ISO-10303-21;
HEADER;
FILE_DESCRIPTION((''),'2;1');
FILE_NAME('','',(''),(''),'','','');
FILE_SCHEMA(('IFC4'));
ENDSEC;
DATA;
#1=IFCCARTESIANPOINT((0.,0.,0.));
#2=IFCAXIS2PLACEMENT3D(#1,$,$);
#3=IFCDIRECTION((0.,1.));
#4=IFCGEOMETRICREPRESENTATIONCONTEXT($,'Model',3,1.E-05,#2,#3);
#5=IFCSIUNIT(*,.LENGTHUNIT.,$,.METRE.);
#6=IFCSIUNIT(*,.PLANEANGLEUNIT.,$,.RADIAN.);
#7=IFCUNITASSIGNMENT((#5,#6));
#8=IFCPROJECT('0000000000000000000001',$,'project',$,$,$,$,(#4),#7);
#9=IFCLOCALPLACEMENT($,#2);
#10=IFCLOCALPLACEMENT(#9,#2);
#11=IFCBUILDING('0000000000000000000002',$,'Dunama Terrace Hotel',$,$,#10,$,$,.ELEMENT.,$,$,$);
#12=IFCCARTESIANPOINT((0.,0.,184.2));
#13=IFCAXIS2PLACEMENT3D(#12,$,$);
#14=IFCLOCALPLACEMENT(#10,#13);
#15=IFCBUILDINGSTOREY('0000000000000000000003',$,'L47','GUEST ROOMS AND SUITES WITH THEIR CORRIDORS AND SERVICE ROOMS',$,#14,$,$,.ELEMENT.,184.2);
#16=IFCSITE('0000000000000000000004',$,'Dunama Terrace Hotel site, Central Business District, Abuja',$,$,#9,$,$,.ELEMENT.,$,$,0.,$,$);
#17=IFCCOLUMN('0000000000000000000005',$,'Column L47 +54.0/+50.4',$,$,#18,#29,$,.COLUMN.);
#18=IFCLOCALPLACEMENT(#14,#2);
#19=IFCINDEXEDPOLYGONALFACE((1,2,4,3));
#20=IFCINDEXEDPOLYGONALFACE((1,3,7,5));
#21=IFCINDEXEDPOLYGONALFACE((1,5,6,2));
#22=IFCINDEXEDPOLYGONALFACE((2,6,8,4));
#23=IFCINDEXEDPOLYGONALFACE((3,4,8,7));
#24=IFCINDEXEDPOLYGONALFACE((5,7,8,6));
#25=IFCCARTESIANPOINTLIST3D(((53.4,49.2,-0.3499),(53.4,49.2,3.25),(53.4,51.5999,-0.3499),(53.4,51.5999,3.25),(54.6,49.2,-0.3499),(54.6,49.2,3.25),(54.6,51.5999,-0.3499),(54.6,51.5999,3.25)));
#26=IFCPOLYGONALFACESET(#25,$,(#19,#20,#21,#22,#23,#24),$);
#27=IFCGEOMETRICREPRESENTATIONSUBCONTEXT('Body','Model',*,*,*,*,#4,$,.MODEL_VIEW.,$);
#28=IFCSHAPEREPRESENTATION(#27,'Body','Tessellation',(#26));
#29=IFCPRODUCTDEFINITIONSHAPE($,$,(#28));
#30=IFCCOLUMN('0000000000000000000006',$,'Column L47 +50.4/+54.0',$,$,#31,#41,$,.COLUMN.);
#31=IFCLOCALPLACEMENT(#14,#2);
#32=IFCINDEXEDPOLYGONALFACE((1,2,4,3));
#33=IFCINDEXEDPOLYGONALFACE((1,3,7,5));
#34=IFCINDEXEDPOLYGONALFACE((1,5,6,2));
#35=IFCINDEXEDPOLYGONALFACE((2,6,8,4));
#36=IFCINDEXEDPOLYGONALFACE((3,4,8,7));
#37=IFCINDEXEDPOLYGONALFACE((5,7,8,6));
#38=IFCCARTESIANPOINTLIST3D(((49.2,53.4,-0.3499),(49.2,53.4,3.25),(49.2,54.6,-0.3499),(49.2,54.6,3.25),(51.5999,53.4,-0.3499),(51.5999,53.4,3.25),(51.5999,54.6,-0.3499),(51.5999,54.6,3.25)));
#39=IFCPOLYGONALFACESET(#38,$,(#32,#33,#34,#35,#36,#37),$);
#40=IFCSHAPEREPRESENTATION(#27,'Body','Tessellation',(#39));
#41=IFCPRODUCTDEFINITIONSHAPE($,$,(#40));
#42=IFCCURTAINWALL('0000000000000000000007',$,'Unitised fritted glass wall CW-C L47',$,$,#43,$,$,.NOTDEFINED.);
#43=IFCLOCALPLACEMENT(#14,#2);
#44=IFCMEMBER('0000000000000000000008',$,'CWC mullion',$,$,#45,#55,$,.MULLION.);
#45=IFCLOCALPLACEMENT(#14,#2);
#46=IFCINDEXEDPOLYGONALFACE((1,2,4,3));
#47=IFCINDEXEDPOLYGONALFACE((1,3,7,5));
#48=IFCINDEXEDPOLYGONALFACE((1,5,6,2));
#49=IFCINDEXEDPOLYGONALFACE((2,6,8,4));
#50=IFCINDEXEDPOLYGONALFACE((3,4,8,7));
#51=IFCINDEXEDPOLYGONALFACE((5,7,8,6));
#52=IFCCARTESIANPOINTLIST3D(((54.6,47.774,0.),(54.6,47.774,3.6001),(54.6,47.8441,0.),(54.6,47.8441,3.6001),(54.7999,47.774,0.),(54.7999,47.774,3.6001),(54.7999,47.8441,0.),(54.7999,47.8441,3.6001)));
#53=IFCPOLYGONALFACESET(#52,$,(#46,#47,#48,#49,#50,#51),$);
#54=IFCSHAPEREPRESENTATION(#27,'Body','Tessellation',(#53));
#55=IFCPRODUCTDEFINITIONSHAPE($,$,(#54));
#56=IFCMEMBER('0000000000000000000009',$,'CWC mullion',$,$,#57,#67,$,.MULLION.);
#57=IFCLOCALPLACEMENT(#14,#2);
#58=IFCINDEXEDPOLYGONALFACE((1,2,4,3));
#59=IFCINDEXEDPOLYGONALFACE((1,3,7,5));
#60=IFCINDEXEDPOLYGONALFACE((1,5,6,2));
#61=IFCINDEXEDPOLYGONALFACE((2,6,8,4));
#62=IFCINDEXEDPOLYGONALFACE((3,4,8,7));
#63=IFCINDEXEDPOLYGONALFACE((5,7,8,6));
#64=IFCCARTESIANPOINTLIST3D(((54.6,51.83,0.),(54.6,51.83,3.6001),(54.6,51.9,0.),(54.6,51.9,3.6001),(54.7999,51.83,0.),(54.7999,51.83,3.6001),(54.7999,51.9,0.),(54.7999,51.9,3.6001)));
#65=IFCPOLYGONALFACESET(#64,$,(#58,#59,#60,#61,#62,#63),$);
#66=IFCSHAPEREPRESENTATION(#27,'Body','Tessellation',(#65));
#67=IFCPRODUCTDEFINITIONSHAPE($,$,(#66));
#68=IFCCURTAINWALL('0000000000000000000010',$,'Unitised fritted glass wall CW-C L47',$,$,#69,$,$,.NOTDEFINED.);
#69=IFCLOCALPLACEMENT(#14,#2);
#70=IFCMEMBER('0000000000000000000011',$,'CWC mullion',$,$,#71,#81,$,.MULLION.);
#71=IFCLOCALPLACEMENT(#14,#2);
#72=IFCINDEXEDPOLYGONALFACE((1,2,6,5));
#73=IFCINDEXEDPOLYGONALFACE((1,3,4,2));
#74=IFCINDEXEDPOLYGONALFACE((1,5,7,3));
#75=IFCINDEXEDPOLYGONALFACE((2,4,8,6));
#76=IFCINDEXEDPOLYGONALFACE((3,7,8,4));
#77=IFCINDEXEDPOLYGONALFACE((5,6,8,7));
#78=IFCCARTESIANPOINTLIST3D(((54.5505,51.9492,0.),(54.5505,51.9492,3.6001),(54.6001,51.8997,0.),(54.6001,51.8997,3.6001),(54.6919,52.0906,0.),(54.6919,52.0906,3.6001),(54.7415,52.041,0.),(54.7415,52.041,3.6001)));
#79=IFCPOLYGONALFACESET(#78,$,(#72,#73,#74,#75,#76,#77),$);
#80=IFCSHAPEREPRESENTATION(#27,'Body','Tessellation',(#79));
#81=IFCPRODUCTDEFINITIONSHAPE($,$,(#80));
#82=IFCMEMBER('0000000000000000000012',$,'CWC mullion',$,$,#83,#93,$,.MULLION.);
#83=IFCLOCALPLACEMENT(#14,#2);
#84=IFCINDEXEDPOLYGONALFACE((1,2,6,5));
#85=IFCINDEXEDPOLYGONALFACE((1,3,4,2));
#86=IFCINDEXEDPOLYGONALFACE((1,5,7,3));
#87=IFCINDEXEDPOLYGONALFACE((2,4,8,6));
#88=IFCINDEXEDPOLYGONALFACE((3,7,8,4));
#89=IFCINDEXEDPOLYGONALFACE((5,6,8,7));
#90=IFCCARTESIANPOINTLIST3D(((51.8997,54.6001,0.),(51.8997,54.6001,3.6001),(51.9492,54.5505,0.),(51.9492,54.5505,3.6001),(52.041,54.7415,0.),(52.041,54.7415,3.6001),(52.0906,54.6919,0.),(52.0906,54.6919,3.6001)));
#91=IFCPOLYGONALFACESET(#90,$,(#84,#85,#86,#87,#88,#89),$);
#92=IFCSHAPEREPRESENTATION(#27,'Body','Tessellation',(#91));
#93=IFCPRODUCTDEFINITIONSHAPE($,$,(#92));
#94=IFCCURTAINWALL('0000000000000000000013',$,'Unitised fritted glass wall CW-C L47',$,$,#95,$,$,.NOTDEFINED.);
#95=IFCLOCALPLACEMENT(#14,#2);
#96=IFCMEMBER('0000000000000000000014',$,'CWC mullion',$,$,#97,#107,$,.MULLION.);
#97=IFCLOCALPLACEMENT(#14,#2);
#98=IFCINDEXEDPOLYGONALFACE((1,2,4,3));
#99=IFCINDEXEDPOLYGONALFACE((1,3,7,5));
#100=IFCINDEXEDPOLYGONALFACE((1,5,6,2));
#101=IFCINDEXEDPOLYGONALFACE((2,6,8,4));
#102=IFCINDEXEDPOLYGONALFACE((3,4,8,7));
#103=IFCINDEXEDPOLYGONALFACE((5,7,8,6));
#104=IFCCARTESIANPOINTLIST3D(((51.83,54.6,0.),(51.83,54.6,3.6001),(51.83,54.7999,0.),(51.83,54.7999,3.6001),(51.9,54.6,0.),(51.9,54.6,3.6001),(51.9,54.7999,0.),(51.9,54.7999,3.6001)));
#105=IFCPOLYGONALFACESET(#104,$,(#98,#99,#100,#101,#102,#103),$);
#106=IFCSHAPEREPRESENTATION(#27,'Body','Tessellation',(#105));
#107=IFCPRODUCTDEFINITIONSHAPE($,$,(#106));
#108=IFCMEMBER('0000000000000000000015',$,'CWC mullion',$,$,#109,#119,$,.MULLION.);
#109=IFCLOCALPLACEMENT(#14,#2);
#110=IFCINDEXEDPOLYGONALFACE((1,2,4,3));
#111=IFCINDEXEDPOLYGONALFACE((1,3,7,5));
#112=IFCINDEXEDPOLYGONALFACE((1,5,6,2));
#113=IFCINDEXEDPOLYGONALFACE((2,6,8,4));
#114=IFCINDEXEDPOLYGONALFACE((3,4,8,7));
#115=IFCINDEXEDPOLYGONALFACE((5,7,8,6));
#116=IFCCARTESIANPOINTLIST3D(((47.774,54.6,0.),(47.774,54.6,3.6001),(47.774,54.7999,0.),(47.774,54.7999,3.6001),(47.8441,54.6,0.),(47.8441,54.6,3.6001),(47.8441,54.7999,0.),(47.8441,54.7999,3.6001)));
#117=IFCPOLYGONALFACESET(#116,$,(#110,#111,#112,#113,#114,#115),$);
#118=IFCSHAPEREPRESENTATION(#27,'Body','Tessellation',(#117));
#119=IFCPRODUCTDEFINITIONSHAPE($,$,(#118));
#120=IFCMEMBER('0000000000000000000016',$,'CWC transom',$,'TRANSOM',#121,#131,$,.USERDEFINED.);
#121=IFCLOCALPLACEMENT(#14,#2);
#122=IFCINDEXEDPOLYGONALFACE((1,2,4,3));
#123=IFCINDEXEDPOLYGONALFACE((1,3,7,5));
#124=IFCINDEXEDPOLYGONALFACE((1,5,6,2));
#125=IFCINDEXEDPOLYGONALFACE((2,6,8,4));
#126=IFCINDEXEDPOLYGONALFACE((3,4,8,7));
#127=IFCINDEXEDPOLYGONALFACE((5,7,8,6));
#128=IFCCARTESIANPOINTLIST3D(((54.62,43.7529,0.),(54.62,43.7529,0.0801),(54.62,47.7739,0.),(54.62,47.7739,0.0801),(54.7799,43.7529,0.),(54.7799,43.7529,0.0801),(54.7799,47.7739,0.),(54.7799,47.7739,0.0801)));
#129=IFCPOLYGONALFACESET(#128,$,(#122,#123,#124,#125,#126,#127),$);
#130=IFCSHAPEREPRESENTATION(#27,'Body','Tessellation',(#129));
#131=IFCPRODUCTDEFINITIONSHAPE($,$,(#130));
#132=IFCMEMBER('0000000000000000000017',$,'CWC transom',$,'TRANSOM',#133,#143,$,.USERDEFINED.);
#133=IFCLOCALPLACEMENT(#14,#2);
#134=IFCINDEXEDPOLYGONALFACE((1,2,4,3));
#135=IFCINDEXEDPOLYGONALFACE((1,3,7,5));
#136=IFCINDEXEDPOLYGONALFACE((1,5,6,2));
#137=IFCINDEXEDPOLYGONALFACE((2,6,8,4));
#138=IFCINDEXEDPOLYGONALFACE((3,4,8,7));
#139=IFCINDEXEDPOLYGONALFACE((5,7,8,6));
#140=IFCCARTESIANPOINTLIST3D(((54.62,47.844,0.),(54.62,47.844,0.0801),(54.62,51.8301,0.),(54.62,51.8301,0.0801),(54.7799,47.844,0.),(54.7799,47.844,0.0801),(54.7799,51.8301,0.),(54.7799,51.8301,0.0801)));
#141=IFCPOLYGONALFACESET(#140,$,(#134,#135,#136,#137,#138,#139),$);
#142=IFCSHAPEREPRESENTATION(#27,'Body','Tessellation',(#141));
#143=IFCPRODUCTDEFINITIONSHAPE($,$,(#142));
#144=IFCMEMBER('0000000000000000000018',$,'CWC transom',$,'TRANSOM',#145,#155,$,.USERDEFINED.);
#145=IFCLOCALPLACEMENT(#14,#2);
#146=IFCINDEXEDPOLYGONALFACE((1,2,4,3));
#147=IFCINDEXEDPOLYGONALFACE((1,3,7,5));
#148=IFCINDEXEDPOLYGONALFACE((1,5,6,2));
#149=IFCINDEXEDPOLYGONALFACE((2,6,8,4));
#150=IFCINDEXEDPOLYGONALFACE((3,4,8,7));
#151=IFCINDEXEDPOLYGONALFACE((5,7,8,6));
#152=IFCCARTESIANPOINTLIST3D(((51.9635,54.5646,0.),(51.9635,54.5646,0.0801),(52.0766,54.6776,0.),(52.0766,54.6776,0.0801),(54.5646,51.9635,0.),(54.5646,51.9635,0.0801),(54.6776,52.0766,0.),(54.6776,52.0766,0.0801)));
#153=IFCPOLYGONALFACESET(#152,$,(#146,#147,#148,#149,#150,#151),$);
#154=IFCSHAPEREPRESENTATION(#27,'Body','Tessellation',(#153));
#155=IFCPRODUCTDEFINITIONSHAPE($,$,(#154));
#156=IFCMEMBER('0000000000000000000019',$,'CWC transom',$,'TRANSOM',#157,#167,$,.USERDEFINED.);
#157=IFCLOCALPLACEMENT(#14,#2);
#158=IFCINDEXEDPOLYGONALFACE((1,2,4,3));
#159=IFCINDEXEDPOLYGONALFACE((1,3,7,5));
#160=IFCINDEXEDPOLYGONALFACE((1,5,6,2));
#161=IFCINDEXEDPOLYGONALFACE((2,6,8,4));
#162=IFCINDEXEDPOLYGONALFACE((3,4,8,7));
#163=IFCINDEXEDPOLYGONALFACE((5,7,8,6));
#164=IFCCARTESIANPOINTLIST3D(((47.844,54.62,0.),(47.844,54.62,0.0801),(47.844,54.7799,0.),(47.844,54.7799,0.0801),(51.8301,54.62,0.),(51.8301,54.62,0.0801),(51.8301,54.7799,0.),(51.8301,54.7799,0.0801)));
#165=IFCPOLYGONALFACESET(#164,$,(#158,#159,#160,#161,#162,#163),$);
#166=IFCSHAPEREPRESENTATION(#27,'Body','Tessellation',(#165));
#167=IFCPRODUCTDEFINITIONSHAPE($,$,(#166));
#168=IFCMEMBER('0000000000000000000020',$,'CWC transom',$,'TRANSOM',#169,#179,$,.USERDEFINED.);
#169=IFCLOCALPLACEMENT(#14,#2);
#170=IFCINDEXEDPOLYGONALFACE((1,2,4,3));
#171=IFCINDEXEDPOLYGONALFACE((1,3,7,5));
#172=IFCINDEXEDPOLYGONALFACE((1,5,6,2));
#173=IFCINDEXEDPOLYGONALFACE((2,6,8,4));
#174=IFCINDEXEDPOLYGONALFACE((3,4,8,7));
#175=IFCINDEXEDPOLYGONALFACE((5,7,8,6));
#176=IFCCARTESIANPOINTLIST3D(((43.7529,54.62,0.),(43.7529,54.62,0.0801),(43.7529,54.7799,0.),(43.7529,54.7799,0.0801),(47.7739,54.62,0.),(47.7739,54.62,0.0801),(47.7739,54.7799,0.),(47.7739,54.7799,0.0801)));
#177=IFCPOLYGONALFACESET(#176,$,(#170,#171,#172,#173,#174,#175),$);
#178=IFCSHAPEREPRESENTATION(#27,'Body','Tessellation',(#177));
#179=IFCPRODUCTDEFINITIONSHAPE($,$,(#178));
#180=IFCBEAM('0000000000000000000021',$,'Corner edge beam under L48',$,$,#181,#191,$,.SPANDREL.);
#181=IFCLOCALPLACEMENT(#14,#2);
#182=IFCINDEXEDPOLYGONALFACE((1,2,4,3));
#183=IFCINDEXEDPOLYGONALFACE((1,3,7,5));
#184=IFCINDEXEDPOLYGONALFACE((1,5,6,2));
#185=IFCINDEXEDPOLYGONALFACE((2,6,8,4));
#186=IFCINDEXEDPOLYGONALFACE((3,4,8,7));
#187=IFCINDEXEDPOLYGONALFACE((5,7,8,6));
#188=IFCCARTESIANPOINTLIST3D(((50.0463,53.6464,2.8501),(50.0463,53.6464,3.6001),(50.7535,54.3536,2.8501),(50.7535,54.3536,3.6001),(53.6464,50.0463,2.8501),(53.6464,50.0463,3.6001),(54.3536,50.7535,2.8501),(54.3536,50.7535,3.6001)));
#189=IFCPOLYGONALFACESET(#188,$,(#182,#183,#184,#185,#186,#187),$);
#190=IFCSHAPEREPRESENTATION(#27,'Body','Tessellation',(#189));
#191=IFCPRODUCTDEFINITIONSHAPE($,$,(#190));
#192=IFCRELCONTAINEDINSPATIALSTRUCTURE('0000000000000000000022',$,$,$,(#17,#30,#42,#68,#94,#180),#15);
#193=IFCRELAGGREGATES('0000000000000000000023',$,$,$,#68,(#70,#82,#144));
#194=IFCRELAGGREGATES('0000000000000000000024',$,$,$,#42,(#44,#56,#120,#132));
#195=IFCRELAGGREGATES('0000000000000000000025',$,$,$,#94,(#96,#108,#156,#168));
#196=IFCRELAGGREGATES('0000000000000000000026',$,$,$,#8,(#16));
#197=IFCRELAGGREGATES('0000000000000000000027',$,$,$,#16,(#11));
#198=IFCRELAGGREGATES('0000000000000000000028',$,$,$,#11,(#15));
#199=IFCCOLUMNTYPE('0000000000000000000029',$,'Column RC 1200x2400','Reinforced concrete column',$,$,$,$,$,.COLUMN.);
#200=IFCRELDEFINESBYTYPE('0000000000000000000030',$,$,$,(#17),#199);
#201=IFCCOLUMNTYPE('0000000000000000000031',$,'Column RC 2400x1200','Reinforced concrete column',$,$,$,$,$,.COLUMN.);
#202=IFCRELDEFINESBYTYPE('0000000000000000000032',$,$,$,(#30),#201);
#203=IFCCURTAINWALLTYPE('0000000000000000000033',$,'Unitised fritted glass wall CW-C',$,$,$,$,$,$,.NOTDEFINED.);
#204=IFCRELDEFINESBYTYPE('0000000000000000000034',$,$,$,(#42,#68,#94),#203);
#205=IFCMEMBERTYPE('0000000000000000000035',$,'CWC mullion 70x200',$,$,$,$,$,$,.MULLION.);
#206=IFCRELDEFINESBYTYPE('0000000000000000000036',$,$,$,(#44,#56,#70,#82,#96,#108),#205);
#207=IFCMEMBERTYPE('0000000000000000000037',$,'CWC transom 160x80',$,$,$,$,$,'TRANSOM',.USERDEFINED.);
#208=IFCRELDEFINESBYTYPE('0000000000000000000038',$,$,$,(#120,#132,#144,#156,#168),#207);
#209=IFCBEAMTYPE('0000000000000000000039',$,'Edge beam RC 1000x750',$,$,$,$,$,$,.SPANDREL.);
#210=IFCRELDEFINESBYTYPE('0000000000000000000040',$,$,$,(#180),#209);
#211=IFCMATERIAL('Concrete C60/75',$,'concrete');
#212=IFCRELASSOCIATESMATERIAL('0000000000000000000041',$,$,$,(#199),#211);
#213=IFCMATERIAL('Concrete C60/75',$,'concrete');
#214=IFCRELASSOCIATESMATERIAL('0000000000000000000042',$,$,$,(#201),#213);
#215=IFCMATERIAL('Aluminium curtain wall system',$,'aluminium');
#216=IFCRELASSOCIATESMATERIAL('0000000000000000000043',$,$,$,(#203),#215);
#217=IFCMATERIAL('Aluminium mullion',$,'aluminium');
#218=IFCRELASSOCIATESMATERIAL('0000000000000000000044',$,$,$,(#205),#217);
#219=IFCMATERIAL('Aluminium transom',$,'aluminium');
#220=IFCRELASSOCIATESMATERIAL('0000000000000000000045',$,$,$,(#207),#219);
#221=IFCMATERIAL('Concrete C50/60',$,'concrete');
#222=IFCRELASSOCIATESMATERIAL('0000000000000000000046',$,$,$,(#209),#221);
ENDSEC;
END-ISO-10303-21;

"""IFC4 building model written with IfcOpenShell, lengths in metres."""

from ifc_helpers import new_model, si_unit, direction, frame, origin, origin_2d, place, context, subcontext, project, spatial, rectangle, extrude, material, material_profile, profile_set, type_object, element, aggregate, save


model = new_model("IFC4")

# Units and contexts
model_context = context("Model", 3, precision=1e-05, world=origin(), true_north=direction((0.0, 1.0)))
body_context = subcontext(model_context, "Body", "Model", "MODEL_VIEW")
ifc_project = project(units=[si_unit("LENGTHUNIT", "METRE"), si_unit("PLANEANGLEUNIT", "RADIAN")], contexts=[model_context])

# Site, building, storey
site_placement = place(None, origin())
site = spatial("IfcSite", under=ifc_project, at=site_placement, Name="Dunama Terrace Hotel site, Central Business District, Abuja", CompositionType="ELEMENT", RefElevation=0.0)
building_placement = place(site_placement, origin())
building = spatial("IfcBuilding", under=site, at=building_placement, Name="Dunama Terrace Hotel", CompositionType="ELEMENT")
storey_placement = place(building_placement, frame((0.0, 0.0, 184.2)))
storey = spatial("IfcBuildingStorey", under=building, at=storey_placement, Name="L47", Description="GUEST ROOMS AND SUITES WITH THEIR CORRIDORS AND SERVICE ROOMS", CompositionType="ELEMENT", Elevation=184.2)

# Columns
ifc_material_1 = material(Name="Concrete C60/75", Category="concrete")
ifc_material_profile_1 = material_profile(ifc_material_1, rectangle(XDim=1.2, YDim=2.3999, at=origin_2d()), Name="RC 1200x2400")
ifc_profile_set_1 = profile_set([ifc_material_profile_1], Name="Concrete C60/75")
column_type_1 = type_object("IfcColumnType", Name="Column RC 1200x2400", Description="Reinforced concrete column", PredefinedType="COLUMN", material=ifc_profile_set_1)
column_1_placement = place(storey_placement, frame((54.0, 50.3999, -0.3499), z_axis=(0.0, 0.0, 1.0), x_axis=(1.0, 0.0, 0.0)))
element("IfcColumn", 1, at=column_1_placement, inside=storey, type_object=column_type_1, Name="Column L47 +54.0/+50.4", PredefinedType="COLUMN", context=body_context, shape_type="SweptSolid", body=[
    extrude(rectangle(XDim=1.2, YDim=2.3999, at=origin_2d()), origin(), (0.0, 0.0, 1.0), 3.5999),
])
ifc_material_2 = material(Name="Concrete C60/75", Category="concrete")
ifc_material_profile_2 = material_profile(ifc_material_2, rectangle(XDim=2.3999, YDim=1.2, at=origin_2d()), Name="RC 2400x1200")
ifc_profile_set_2 = profile_set([ifc_material_profile_2], Name="Concrete C60/75")
column_type_2 = type_object("IfcColumnType", Name="Column RC 2400x1200", Description="Reinforced concrete column", PredefinedType="COLUMN", material=ifc_profile_set_2)
column_2_placement = place(storey_placement, frame((50.3999, 54.0, -0.3499), z_axis=(0.0, 0.0, 1.0), x_axis=(1.0, 0.0, 0.0)))
element("IfcColumn", 2, at=column_2_placement, inside=storey, type_object=column_type_2, Name="Column L47 +50.4/+54.0", PredefinedType="COLUMN", context=body_context, shape_type="SweptSolid", body=[
    extrude(rectangle(XDim=2.3999, YDim=1.2, at=origin_2d()), origin(), (0.0, 0.0, 1.0), 3.5999),
])

# Curtain walls, members
ifc_material_3 = material(Name="Aluminium curtain wall system", Category="aluminium")
curtain_wall_type = type_object("IfcCurtainWallType", Name="Unitised fritted glass wall CW-C", PredefinedType="NOTDEFINED", material=ifc_material_3)
curtain_wall_1_placement = place(storey_placement, origin())
curtain_wall_1 = element("IfcCurtainWall", 3, at=curtain_wall_1_placement, inside=storey, type_object=curtain_wall_type, Name="Unitised fritted glass wall CW-C L47", PredefinedType="NOTDEFINED")
ifc_material_4 = material(Name="Aluminium mullion", Category="aluminium")
ifc_material_profile_3 = material_profile(ifc_material_4, rectangle(XDim=0.0701, YDim=0.2, at=origin_2d()), Name="CWC MULLION 70X200")
ifc_profile_set_3 = profile_set([ifc_material_profile_3], Name="Aluminium mullion")
member_type_1 = type_object("IfcMemberType", Name="CWC mullion 70x200", PredefinedType="MULLION", material=ifc_profile_set_3)
member_1_placement = place(storey_placement, frame((54.7, 47.8091, 0.0), z_axis=(0.0, 0.0, 1.0), x_axis=(0.0, 1.0, 0.0)))
member_1 = element("IfcMember", 4, at=member_1_placement, type_object=member_type_1, Name="CWC mullion", PredefinedType="MULLION", context=body_context, shape_type="SweptSolid", body=[
    extrude(rectangle(XDim=0.0701, YDim=0.2, at=origin_2d()), origin(), (0.0, 0.0, 1.0), 3.6001),
])
member_2_placement = place(storey_placement, frame((54.7, 51.865, 0.0), z_axis=(0.0, 0.0, 1.0), x_axis=(0.0, 1.0, 0.0)))
member_2 = element("IfcMember", 5, at=member_2_placement, type_object=member_type_1, Name="CWC mullion", PredefinedType="MULLION", context=body_context, shape_type="SweptSolid", body=[
    extrude(rectangle(XDim=0.0701, YDim=0.2, at=origin_2d()), origin(), (0.0, 0.0, 1.0), 3.6001),
])
curtain_wall_2_placement = place(storey_placement, origin())
curtain_wall_2 = element("IfcCurtainWall", 6, at=curtain_wall_2_placement, inside=storey, type_object=curtain_wall_type, Name="Unitised fritted glass wall CW-C L47", PredefinedType="NOTDEFINED")
member_3_placement = place(storey_placement, frame((54.646, 51.9951, 0.0), z_axis=(0.0, 0.0, 1.0), x_axis=(-0.707107, 0.707107, 0.0)))
member_3 = element("IfcMember", 7, at=member_3_placement, type_object=member_type_1, Name="CWC mullion", PredefinedType="MULLION", context=body_context, shape_type="SweptSolid", body=[
    extrude(rectangle(XDim=0.0701, YDim=0.2, at=origin_2d()), origin(), (0.0, 0.0, 1.0), 3.6001),
])
member_4_placement = place(storey_placement, frame((51.9951, 54.646, 0.0), z_axis=(0.0, 0.0, 1.0), x_axis=(-0.707107, 0.707107, 0.0)))
member_4 = element("IfcMember", 8, at=member_4_placement, type_object=member_type_1, Name="CWC mullion", PredefinedType="MULLION", context=body_context, shape_type="SweptSolid", body=[
    extrude(rectangle(XDim=0.0701, YDim=0.2, at=origin_2d()), origin(), (0.0, 0.0, 1.0), 3.6001),
])
curtain_wall_3_placement = place(storey_placement, origin())
curtain_wall_3 = element("IfcCurtainWall", 9, at=curtain_wall_3_placement, inside=storey, type_object=curtain_wall_type, Name="Unitised fritted glass wall CW-C L47", PredefinedType="NOTDEFINED")
member_5_placement = place(storey_placement, frame((51.865, 54.7, 0.0), z_axis=(0.0, 0.0, 1.0), x_axis=(-1.0, 0.0, 0.0)))
member_5 = element("IfcMember", 10, at=member_5_placement, type_object=member_type_1, Name="CWC mullion", PredefinedType="MULLION", context=body_context, shape_type="SweptSolid", body=[
    extrude(rectangle(XDim=0.0701, YDim=0.2, at=origin_2d()), origin(), (0.0, 0.0, 1.0), 3.6001),
])
member_6_placement = place(storey_placement, frame((47.8091, 54.7, 0.0), z_axis=(0.0, 0.0, 1.0), x_axis=(-1.0, 0.0, 0.0)))
member_6 = element("IfcMember", 11, at=member_6_placement, type_object=member_type_1, Name="CWC mullion", PredefinedType="MULLION", context=body_context, shape_type="SweptSolid", body=[
    extrude(rectangle(XDim=0.0701, YDim=0.2, at=origin_2d()), origin(), (0.0, 0.0, 1.0), 3.6001),
])

# Members
ifc_material_5 = material(Name="Aluminium transom", Category="aluminium")
ifc_material_profile_4 = material_profile(ifc_material_5, rectangle(XDim=0.1599, YDim=0.0801, at=origin_2d()), Name="CWC TRANSOM 160X80")
ifc_profile_set_4 = profile_set([ifc_material_profile_4], Name="Aluminium transom")
member_type_2 = type_object("IfcMemberType", Name="CWC transom 160x80", ElementType="TRANSOM", PredefinedType="USERDEFINED", material=ifc_profile_set_4)
member_7_placement = place(storey_placement, frame((54.7, 43.7529, 0.04), z_axis=(0.0, 1.0, 0.0), x_axis=(-1.0, 0.0, 0.0)))
member_7 = element("IfcMember", 12, at=member_7_placement, type_object=member_type_2, Name="CWC transom", ObjectType="TRANSOM", PredefinedType="USERDEFINED", context=body_context, shape_type="SweptSolid", body=[
    extrude(rectangle(XDim=0.1599, YDim=0.0801, at=origin_2d()), origin(), (0.0, 0.0, 1.0), 4.021),
])
member_8_placement = place(storey_placement, frame((54.7, 47.844, 0.04), z_axis=(0.0, 1.0, 0.0), x_axis=(-1.0, 0.0, 0.0)))
member_8 = element("IfcMember", 13, at=member_8_placement, type_object=member_type_2, Name="CWC transom", ObjectType="TRANSOM", PredefinedType="USERDEFINED", context=body_context, shape_type="SweptSolid", body=[
    extrude(rectangle(XDim=0.1599, YDim=0.0801, at=origin_2d()), origin(), (0.0, 0.0, 1.0), 3.9861),
])
member_9_placement = place(storey_placement, frame((54.6211, 52.02, 0.04), z_axis=(-0.707107, 0.707107, 0.0), x_axis=(-0.707107, -0.707107, 0.0)))
member_9 = element("IfcMember", 14, at=member_9_placement, type_object=member_type_2, Name="CWC transom", ObjectType="TRANSOM", PredefinedType="USERDEFINED", context=body_context, shape_type="SweptSolid", body=[
    extrude(rectangle(XDim=0.1599, YDim=0.0801, at=origin_2d()), origin(), (0.0, 0.0, 1.0), 3.6785),
])
member_10_placement = place(storey_placement, frame((51.8301, 54.7, 0.04), z_axis=(-1.0, 0.0, 0.0), x_axis=(0.0, -1.0, 0.0)))
member_10 = element("IfcMember", 15, at=member_10_placement, type_object=member_type_2, Name="CWC transom", ObjectType="TRANSOM", PredefinedType="USERDEFINED", context=body_context, shape_type="SweptSolid", body=[
    extrude(rectangle(XDim=0.1599, YDim=0.0801, at=origin_2d()), origin(), (0.0, 0.0, 1.0), 3.9861),
])
member_11_placement = place(storey_placement, frame((47.7739, 54.7, 0.04), z_axis=(-1.0, 0.0, 0.0), x_axis=(0.0, -1.0, 0.0)))
member_11 = element("IfcMember", 16, at=member_11_placement, type_object=member_type_2, Name="CWC transom", ObjectType="TRANSOM", PredefinedType="USERDEFINED", context=body_context, shape_type="SweptSolid", body=[
    extrude(rectangle(XDim=0.1599, YDim=0.0801, at=origin_2d()), origin(), (0.0, 0.0, 1.0), 4.021),
])

# Beam
ifc_material_6 = material(Name="Concrete C50/60", Category="concrete")
ifc_material_profile_5 = material_profile(ifc_material_6, rectangle(XDim=1.0, YDim=0.75, at=origin_2d()), Name="RC 1000x750")
ifc_profile_set_5 = profile_set([ifc_material_profile_5], Name="Concrete C50/60")
beam_type = type_object("IfcBeamType", Name="Edge beam RC 1000x750", PredefinedType="SPANDREL", material=ifc_profile_set_5)
beam_placement = place(storey_placement, frame((50.3999, 54.0, 3.2251), z_axis=(0.707107, -0.707107, 0.0), x_axis=(0.707107, 0.707107, 0.0)))
element("IfcBeam", 17, at=beam_placement, inside=storey, type_object=beam_type, Name="Corner edge beam under L48", PredefinedType="SPANDREL", context=body_context, shape_type="SweptSolid", body=[
    extrude(rectangle(XDim=1.0, YDim=0.75, at=origin_2d()), origin(), (0.0, 0.0, 1.0), 5.0913),
])

aggregate(curtain_wall_2, [member_3, member_4, member_9])
aggregate(curtain_wall_1, [member_1, member_2, member_7, member_8])
aggregate(curtain_wall_3, [member_5, member_6, member_10, member_11])

save(model, "model.ifc")
